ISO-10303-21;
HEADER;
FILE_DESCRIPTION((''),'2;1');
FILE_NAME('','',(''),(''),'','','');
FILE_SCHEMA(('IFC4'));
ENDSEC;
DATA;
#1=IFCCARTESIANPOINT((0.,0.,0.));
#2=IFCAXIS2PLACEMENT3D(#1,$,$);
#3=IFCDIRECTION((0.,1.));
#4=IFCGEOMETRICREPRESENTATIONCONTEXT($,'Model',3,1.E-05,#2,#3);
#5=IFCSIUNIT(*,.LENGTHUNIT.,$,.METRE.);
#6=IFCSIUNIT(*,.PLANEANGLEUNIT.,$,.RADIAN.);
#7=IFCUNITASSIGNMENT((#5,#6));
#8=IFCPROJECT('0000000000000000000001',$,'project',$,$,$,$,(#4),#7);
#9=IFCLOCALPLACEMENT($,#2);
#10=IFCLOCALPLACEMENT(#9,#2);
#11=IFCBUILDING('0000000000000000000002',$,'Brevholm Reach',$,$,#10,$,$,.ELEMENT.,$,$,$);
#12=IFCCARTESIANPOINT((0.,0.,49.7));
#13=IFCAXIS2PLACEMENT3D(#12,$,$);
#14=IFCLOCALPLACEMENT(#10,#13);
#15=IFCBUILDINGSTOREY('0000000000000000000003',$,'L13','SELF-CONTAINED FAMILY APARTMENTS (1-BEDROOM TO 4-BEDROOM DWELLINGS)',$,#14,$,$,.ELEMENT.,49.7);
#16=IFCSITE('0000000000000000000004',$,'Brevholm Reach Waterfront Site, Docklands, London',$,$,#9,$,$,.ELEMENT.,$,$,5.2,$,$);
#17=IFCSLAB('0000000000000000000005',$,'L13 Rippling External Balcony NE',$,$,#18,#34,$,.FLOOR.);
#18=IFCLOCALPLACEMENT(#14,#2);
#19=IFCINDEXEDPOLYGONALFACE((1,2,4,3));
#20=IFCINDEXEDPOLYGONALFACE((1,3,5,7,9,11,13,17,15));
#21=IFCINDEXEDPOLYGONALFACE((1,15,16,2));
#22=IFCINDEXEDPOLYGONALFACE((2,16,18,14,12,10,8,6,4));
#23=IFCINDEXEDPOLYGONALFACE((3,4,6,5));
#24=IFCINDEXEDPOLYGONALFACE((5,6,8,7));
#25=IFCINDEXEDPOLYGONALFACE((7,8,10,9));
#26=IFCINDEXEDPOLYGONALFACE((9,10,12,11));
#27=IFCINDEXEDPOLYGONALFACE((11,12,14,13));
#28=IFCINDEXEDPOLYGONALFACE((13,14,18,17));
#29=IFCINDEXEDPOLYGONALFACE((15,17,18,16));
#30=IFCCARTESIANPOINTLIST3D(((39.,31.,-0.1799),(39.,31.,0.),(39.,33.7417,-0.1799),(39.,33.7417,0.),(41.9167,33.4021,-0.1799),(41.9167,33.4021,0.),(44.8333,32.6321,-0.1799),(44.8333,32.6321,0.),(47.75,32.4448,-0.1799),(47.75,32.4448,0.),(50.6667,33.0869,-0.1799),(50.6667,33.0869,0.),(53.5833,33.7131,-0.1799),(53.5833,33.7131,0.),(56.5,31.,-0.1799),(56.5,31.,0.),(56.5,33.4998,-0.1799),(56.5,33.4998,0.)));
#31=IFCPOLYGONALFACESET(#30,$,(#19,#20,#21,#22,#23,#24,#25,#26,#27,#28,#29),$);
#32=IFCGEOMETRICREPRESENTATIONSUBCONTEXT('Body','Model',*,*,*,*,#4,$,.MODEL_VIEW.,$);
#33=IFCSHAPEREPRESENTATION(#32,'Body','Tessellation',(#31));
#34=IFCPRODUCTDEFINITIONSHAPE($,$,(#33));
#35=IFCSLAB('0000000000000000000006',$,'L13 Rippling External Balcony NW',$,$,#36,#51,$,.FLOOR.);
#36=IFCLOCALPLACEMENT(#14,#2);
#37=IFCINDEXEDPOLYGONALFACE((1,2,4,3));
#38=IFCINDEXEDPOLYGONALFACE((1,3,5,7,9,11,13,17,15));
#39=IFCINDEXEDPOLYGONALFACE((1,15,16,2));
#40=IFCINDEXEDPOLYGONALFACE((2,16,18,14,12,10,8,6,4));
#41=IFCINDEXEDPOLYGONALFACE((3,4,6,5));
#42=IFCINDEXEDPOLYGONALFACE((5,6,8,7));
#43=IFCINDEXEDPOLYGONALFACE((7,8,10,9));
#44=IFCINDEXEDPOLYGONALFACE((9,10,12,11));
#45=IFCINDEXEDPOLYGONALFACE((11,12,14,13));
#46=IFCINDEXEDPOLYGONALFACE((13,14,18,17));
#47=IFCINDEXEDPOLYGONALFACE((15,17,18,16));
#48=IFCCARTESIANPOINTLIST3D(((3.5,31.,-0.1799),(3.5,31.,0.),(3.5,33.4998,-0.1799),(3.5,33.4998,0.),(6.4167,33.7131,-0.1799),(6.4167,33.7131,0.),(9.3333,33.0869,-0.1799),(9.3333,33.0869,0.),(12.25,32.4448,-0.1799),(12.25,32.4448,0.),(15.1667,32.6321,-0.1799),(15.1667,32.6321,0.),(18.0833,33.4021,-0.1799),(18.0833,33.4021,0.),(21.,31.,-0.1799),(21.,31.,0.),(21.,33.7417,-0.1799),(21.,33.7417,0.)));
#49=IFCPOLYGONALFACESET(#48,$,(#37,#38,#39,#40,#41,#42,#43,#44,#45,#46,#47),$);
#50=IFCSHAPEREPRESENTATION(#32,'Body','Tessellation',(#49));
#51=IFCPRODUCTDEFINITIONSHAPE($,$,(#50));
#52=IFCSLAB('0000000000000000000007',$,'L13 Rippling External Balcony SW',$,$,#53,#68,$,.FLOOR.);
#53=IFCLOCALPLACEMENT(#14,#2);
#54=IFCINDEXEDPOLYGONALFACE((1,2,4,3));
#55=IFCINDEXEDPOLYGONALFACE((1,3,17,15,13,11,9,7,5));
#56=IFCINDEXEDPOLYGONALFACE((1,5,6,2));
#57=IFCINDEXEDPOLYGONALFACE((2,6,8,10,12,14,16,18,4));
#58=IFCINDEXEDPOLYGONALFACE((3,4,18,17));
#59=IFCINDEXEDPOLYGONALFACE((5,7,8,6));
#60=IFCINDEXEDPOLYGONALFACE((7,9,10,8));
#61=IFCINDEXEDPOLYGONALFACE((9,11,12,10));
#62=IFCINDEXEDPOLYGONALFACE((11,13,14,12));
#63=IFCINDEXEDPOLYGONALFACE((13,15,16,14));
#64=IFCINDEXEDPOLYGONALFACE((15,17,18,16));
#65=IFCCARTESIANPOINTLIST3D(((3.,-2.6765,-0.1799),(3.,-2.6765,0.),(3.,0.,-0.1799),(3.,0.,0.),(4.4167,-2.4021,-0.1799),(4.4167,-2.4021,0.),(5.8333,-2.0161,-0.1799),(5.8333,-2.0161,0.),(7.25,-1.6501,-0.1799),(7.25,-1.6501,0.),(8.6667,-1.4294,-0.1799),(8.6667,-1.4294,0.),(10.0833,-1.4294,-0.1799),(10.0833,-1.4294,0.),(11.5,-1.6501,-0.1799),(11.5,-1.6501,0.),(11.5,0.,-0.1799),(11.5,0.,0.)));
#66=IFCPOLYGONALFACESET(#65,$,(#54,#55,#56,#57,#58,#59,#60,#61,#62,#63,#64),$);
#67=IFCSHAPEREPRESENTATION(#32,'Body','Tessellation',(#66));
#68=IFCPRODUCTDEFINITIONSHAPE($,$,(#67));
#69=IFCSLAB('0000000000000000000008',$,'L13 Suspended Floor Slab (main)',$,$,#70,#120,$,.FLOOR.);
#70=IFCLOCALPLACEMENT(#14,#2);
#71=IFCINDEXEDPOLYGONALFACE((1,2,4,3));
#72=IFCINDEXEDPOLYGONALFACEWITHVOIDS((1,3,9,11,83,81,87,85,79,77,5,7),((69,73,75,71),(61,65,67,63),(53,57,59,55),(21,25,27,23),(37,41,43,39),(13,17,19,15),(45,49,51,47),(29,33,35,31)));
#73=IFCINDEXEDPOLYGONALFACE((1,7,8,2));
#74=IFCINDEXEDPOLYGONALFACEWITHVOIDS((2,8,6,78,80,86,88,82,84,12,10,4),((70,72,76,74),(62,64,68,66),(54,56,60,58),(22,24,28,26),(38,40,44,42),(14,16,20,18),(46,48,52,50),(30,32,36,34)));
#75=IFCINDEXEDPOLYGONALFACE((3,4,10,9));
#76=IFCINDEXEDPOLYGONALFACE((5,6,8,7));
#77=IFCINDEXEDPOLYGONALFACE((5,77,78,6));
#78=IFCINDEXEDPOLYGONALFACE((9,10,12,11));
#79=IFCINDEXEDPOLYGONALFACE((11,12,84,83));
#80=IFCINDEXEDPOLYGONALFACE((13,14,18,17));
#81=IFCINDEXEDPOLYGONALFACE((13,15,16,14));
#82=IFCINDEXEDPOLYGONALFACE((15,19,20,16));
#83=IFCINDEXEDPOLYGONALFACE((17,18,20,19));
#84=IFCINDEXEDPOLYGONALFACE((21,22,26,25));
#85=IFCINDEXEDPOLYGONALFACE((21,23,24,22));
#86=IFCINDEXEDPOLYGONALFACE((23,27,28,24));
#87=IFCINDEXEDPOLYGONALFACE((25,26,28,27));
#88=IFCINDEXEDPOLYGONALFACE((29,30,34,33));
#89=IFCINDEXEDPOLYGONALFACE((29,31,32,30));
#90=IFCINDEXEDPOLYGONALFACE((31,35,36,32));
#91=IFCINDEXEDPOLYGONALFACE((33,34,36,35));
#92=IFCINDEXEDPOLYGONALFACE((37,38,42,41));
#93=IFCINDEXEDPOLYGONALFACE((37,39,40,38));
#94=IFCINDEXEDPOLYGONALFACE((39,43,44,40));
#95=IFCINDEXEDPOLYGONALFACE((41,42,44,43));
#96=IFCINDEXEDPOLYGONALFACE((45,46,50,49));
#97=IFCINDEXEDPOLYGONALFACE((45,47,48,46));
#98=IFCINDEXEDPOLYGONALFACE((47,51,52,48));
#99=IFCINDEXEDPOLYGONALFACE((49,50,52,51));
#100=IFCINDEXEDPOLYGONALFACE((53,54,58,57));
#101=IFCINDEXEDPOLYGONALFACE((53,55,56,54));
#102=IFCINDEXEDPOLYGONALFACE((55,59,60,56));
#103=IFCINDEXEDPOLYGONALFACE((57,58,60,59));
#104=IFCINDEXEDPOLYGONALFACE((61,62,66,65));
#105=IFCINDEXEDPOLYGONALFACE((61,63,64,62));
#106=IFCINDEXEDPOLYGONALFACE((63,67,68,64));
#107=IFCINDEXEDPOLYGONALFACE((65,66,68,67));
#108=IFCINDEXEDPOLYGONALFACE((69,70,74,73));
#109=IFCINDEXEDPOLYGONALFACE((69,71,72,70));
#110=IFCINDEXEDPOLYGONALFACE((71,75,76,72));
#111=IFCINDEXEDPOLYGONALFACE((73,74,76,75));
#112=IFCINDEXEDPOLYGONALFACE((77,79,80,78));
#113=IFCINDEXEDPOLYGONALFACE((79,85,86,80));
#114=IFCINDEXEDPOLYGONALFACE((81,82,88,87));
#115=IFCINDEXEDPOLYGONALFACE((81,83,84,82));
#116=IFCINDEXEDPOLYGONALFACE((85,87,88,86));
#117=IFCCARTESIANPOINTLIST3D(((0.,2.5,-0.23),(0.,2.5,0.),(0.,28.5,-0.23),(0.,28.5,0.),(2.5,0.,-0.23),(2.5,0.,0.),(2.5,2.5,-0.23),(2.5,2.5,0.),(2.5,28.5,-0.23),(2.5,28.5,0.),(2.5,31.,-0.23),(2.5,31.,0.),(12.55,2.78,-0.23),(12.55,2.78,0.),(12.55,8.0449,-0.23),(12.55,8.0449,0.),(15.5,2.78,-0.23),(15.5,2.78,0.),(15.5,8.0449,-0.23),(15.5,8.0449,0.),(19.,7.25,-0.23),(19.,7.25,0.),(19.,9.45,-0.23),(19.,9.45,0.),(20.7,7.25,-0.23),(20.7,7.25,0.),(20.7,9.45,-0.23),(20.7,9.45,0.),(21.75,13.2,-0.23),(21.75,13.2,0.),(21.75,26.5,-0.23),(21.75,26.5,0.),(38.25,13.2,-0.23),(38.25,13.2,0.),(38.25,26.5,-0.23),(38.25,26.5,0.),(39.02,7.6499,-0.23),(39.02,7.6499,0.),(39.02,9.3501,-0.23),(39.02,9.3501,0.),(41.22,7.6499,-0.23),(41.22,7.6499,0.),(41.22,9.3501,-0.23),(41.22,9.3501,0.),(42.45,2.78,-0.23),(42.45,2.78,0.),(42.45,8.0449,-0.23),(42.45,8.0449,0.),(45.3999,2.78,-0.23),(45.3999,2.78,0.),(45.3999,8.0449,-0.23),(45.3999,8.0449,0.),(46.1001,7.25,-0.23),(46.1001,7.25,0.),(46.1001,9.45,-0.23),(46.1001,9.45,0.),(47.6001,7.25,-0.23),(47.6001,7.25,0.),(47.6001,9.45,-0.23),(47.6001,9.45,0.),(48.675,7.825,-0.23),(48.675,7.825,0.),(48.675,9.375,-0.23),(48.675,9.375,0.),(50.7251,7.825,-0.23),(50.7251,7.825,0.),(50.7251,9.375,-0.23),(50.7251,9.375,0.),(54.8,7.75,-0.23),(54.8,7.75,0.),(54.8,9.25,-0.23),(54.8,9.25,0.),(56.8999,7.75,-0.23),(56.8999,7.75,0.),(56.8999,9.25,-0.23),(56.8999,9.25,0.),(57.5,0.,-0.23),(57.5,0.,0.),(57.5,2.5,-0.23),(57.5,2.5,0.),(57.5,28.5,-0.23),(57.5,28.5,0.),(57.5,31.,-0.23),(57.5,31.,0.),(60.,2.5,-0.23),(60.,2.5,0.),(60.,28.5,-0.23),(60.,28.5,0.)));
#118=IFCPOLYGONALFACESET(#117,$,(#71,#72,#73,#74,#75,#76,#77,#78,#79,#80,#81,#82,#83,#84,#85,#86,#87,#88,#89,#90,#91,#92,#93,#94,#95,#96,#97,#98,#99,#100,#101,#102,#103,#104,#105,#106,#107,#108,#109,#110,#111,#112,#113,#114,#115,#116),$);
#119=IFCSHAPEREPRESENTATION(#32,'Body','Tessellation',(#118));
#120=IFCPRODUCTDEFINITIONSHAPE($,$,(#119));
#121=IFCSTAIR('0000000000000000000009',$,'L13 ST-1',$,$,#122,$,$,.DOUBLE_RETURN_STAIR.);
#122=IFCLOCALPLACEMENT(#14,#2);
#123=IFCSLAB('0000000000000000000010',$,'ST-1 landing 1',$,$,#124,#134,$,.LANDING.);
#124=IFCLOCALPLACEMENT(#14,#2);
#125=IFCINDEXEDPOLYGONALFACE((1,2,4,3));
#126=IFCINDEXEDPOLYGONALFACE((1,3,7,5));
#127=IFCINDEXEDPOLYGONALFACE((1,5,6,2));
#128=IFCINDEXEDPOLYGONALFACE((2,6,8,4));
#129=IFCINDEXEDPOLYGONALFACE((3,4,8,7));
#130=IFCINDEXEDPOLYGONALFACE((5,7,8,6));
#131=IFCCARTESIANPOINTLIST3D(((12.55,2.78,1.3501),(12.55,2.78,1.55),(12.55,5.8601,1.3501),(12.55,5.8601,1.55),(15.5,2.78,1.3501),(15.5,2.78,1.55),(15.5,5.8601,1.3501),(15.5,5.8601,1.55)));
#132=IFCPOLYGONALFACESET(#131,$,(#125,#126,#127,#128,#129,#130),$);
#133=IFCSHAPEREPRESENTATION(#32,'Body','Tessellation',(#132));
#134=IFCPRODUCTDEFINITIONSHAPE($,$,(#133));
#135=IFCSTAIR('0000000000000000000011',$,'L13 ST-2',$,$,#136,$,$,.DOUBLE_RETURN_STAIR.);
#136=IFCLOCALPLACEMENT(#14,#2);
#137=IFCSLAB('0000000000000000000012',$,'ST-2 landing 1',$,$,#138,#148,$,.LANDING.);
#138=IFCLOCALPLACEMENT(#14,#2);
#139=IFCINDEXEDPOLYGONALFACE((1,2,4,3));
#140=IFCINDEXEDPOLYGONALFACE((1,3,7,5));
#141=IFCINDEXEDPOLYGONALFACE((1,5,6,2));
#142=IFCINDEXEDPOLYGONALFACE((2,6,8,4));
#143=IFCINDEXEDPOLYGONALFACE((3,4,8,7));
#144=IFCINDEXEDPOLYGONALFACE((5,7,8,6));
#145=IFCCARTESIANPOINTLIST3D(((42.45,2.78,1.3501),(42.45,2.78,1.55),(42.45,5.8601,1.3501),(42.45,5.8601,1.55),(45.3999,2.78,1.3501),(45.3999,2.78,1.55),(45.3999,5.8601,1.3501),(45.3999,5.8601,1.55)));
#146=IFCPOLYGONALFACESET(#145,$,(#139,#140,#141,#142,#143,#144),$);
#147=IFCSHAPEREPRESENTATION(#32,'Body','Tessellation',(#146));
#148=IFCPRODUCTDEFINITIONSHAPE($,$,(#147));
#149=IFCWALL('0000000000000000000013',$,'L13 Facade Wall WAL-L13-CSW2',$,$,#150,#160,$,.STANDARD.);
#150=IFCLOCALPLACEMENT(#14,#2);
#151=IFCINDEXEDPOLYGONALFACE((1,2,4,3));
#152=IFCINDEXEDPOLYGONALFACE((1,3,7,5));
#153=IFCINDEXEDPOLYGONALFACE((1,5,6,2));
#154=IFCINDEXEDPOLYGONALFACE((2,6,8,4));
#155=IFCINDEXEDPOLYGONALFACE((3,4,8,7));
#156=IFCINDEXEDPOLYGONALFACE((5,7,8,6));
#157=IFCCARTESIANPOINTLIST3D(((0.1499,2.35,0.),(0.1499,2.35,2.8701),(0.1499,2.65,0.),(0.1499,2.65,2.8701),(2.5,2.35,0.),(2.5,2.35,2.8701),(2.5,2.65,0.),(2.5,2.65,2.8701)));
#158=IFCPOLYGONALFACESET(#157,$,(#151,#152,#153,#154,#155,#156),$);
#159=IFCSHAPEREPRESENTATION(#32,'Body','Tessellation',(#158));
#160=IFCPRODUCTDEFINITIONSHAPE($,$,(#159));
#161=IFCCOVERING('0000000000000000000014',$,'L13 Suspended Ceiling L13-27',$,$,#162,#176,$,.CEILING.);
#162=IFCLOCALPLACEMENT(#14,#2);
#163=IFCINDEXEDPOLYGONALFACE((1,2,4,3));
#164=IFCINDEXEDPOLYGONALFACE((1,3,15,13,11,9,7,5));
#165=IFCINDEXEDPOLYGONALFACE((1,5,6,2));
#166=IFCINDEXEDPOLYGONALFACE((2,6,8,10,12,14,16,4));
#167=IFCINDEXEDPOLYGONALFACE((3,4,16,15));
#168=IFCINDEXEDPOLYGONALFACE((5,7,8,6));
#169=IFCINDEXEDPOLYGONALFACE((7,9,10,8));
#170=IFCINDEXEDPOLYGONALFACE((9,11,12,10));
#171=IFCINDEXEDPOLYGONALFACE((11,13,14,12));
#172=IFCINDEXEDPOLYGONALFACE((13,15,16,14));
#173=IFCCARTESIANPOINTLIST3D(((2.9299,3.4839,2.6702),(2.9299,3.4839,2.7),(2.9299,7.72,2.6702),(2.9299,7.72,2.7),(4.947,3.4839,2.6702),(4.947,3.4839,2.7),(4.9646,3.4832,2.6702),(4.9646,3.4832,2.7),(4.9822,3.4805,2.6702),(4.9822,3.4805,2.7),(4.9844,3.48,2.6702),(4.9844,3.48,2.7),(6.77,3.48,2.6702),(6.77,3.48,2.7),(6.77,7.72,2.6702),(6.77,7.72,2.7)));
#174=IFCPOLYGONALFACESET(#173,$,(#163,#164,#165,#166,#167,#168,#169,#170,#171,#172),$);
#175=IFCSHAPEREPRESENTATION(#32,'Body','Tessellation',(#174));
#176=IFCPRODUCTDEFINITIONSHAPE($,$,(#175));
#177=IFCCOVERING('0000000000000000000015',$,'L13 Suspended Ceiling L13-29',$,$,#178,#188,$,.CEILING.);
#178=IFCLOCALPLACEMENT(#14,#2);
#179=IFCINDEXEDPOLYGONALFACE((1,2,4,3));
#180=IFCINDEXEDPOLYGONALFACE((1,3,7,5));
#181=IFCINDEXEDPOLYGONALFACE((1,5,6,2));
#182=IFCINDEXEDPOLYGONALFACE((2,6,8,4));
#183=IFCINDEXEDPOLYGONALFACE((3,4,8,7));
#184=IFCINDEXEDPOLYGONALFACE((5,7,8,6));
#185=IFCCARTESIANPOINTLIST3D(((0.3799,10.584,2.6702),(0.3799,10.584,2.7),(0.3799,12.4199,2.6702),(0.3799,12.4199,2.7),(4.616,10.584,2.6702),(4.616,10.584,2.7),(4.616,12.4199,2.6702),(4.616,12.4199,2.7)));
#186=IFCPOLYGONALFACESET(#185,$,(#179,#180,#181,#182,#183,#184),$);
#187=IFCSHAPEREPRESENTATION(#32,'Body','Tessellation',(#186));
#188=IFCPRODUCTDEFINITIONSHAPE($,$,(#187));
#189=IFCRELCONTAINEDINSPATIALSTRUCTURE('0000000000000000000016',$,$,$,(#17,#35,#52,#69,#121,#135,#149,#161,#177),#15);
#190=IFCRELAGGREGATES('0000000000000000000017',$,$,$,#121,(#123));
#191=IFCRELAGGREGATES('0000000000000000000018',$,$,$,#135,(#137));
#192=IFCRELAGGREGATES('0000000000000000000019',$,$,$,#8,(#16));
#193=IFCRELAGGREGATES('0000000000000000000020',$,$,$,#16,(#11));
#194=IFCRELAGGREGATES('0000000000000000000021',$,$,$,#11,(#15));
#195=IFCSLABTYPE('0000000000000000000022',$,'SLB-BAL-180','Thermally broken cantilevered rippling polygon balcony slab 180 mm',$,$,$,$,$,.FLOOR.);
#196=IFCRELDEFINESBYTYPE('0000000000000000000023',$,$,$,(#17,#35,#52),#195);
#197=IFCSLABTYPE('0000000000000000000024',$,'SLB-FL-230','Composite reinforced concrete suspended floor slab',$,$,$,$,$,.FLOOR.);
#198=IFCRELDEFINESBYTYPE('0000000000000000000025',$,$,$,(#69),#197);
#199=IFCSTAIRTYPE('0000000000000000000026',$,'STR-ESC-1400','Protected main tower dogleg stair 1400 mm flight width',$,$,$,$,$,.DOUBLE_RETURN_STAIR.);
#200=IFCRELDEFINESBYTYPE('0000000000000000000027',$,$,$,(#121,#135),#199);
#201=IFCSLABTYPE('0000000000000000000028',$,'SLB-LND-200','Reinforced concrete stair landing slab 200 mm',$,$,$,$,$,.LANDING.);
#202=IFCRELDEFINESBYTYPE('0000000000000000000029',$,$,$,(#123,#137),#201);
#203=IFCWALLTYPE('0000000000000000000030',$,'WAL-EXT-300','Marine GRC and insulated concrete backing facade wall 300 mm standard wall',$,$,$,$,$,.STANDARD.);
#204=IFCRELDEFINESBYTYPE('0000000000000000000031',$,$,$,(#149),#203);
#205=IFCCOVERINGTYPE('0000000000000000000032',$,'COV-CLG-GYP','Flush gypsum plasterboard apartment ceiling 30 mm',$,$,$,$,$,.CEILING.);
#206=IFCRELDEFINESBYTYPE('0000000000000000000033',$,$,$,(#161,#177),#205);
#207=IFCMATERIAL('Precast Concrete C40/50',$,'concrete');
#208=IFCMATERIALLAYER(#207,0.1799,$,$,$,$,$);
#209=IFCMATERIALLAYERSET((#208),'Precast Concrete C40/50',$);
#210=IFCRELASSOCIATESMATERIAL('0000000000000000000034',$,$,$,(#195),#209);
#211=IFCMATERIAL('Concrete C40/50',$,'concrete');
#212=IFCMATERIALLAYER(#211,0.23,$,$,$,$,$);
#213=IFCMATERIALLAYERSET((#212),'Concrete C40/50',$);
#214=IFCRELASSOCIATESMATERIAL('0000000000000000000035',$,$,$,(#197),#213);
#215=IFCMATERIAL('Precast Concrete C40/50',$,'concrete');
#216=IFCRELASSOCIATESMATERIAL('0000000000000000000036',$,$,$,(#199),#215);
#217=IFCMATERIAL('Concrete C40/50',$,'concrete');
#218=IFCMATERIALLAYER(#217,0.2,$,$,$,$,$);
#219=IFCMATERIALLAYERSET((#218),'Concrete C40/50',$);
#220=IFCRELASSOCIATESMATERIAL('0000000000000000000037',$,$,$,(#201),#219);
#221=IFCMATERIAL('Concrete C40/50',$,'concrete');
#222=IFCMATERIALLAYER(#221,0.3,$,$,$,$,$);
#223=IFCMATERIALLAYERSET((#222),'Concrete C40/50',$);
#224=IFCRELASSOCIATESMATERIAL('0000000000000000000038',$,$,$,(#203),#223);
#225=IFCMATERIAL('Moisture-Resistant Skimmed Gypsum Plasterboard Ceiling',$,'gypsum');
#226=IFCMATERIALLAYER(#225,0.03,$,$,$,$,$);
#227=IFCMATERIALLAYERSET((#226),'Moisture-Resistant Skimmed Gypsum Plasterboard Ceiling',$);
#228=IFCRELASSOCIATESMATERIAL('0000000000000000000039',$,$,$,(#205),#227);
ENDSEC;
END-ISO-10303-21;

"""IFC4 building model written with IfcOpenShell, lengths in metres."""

from ifc_helpers import new_model, si_unit, direction, frame, frame_2d, origin, place, context, subcontext, project, spatial, polyline, rectangle, outline, extrude, material, layer, layer_set, type_object, element, aggregate, save


model = new_model("IFC4")

# Units and contexts
model_context = context("Model", 3, precision=1e-05, world=origin(), true_north=direction((0.0, 1.0)))
body_context = subcontext(model_context, "Body", "Model", "MODEL_VIEW")
ifc_project = project(units=[si_unit("LENGTHUNIT", "METRE"), si_unit("PLANEANGLEUNIT", "RADIAN")], contexts=[model_context])

# Site, building, storey
site_placement = place(None, origin())
site = spatial("IfcSite", under=ifc_project, at=site_placement, Name="Brevholm Reach Waterfront Site, Docklands, London", CompositionType="ELEMENT", RefElevation=5.2)
building_placement = place(site_placement, origin())
building = spatial("IfcBuilding", under=site, at=building_placement, Name="Brevholm Reach", CompositionType="ELEMENT")
storey_placement = place(building_placement, frame((0.0, 0.0, 49.7)))
storey = spatial("IfcBuildingStorey", under=building, at=storey_placement, Name="L13", Description="SELF-CONTAINED FAMILY APARTMENTS (1-BEDROOM TO 4-BEDROOM DWELLINGS)", CompositionType="ELEMENT", Elevation=49.7)

# Slabs
ifc_material_1 = material(Name="Precast Concrete C40/50", Category="concrete")
ifc_layer_1 = layer(ifc_material_1, 0.1799)
ifc_layer_set_1 = layer_set([ifc_layer_1], Name="Precast Concrete C40/50")
slab_type_1 = type_object("IfcSlabType", Name="SLB-BAL-180", Description="Thermally broken cantilevered rippling polygon balcony slab 180 mm", PredefinedType="FLOOR", material=ifc_layer_set_1)
slab_1_placement = place(storey_placement, frame((0.0, 0.0, -0.1799)))
element("IfcSlab", 1, at=slab_1_placement, inside=storey, type_object=slab_type_1, Name="L13 Rippling External Balcony NE", PredefinedType="FLOOR", context=body_context, shape_type="SweptSolid", body=[
    extrude(outline(polyline([(39.0, 31.0), (56.5, 31.0), (56.5, 33.4998), (53.5833, 33.7131), (50.6667, 33.0869), (47.75, 32.4448), (44.8333, 32.6321), (41.9167, 33.4021), (39.0, 33.7417), (39.0, 31.0)])), origin(), (0.0, 0.0, 1.0), 0.1799),
])
slab_2_placement = place(storey_placement, frame((0.0, 0.0, -0.1799)))
element("IfcSlab", 2, at=slab_2_placement, inside=storey, type_object=slab_type_1, Name="L13 Rippling External Balcony NW", PredefinedType="FLOOR", context=body_context, shape_type="SweptSolid", body=[
    extrude(outline(polyline([(3.5, 31.0), (21.0, 31.0), (21.0, 33.7417), (18.0833, 33.4021), (15.1667, 32.6321), (12.25, 32.4448), (9.3333, 33.0869), (6.4167, 33.7131), (3.5, 33.4998), (3.5, 31.0)])), origin(), (0.0, 0.0, 1.0), 0.1799),
])
slab_3_placement = place(storey_placement, frame((0.0, 0.0, -0.1799)))
element("IfcSlab", 3, at=slab_3_placement, inside=storey, type_object=slab_type_1, Name="L13 Rippling External Balcony SW", PredefinedType="FLOOR", context=body_context, shape_type="SweptSolid", body=[
    extrude(outline(polyline([(3.0, -2.6765), (4.4167, -2.4021), (5.8333, -2.0161), (7.25, -1.6501), (8.6667, -1.4294), (10.0833, -1.4294), (11.5, -1.6501), (11.5, 0.0), (3.0, 0.0), (3.0, -2.6765)])), origin(), (0.0, 0.0, 1.0), 0.1799),
])
ifc_material_2 = material(Name="Concrete C40/50", Category="concrete")
ifc_layer_2 = layer(ifc_material_2, 0.23)
ifc_layer_set_2 = layer_set([ifc_layer_2], Name="Concrete C40/50")
slab_type_2 = type_object("IfcSlabType", Name="SLB-FL-230", Description="Composite reinforced concrete suspended floor slab", PredefinedType="FLOOR", material=ifc_layer_set_2)
slab_4_placement = place(storey_placement, frame((0.0, 0.0, -0.23)))
element("IfcSlab", 4, at=slab_4_placement, inside=storey, type_object=slab_type_2, Name="L13 Suspended Floor Slab (main)", PredefinedType="FLOOR", context=body_context, shape_type="SweptSolid", body=[
    extrude(outline(polyline([(2.5, 0.0), (57.5, 0.0), (57.5, 2.5), (60.0, 2.5), (60.0, 28.5), (57.5, 28.5), (57.5, 31.0), (2.5, 31.0), (2.5, 28.5), (0.0, 28.5), (0.0, 2.5), (2.5, 2.5), (2.5, 0.0)]), holes=[polyline([(21.75, 13.2), (38.25, 13.2), (38.25, 26.5), (21.75, 26.5), (21.75, 13.2)]), polyline([(12.55, 2.78), (15.5, 2.78), (15.5, 8.0449), (12.55, 8.0449), (12.55, 2.78)]), polyline([(42.45, 2.78), (45.3999, 2.78), (45.3999, 8.0449), (42.45, 8.0449), (42.45, 2.78)]), polyline([(19.0, 7.25), (20.7, 7.25), (20.7, 9.45), (19.0, 9.45), (19.0, 7.25)]), polyline([(46.1001, 7.25), (47.6001, 7.25), (47.6001, 9.45), (46.1001, 9.45), (46.1001, 7.25)]), polyline([(48.675, 7.825), (50.7251, 7.825), (50.7251, 9.375), (48.675, 9.375), (48.675, 7.825)]), polyline([(54.8, 7.75), (56.8999, 7.75), (56.8999, 9.25), (54.8, 9.25), (54.8, 7.75)]), polyline([(39.02, 7.6499), (41.22, 7.6499), (41.22, 9.3501), (39.02, 9.3501), (39.02, 7.6499)])]), origin(), (0.0, 0.0, 1.0), 0.23),
])

# Stairs, slabs
ifc_material_3 = material(Name="Precast Concrete C40/50", Category="concrete")
stair_type = type_object("IfcStairType", Name="STR-ESC-1400", Description="Protected main tower dogleg stair 1400 mm flight width", PredefinedType="DOUBLE_RETURN_STAIR", material=ifc_material_3)
stair_1_placement = place(storey_placement, origin())
stair_1 = element("IfcStair", 5, at=stair_1_placement, inside=storey, type_object=stair_type, Name="L13 ST-1", PredefinedType="DOUBLE_RETURN_STAIR")
ifc_material_4 = material(Name="Concrete C40/50", Category="concrete")
ifc_layer_3 = layer(ifc_material_4, 0.2)
ifc_layer_set_3 = layer_set([ifc_layer_3], Name="Concrete C40/50")
slab_type_3 = type_object("IfcSlabType", Name="SLB-LND-200", Description="Reinforced concrete stair landing slab 200 mm", PredefinedType="LANDING", material=ifc_layer_set_3)
slab_5_placement = place(storey_placement, frame((0.0, 0.0, 1.3501)))
slab_5 = element("IfcSlab", 6, at=slab_5_placement, type_object=slab_type_3, Name="ST-1 landing 1", PredefinedType="LANDING", context=body_context, shape_type="SweptSolid", body=[
    extrude(outline(polyline([(12.55, 5.8601), (12.55, 2.78), (15.5, 2.78), (15.5, 5.8601), (12.55, 5.8601)])), origin(), (0.0, 0.0, 1.0), 0.2),
])
aggregate(stair_1, [slab_5])
stair_2_placement = place(storey_placement, origin())
stair_2 = element("IfcStair", 7, at=stair_2_placement, inside=storey, type_object=stair_type, Name="L13 ST-2", PredefinedType="DOUBLE_RETURN_STAIR")
slab_6_placement = place(storey_placement, frame((0.0, 0.0, 1.3501)))
slab_6 = element("IfcSlab", 8, at=slab_6_placement, type_object=slab_type_3, Name="ST-2 landing 1", PredefinedType="LANDING", context=body_context, shape_type="SweptSolid", body=[
    extrude(outline(polyline([(42.45, 5.8601), (42.45, 2.78), (45.3999, 2.78), (45.3999, 5.8601), (42.45, 5.8601)])), origin(), (0.0, 0.0, 1.0), 0.2),
])
aggregate(stair_2, [slab_6])

# Wall
ifc_material_5 = material(Name="Concrete C40/50", Category="concrete")
ifc_layer_4 = layer(ifc_material_5, 0.3)
ifc_layer_set_4 = layer_set([ifc_layer_4], Name="Concrete C40/50")
wall_type = type_object("IfcWallType", Name="WAL-EXT-300", Description="Marine GRC and insulated concrete backing facade wall 300 mm standard wall", PredefinedType="STANDARD", material=ifc_layer_set_4)
wall_placement = place(storey_placement, frame((0.1499, 2.5, 0.0), z_axis=(0.0, 0.0, 1.0), x_axis=(1.0, 0.0, 0.0)))
element("IfcWall", 9, at=wall_placement, inside=storey, type_object=wall_type, Name="L13 Facade Wall WAL-L13-CSW2", PredefinedType="STANDARD", context=body_context, shape_type="SweptSolid", body=[
    extrude(rectangle(XDim=2.3501, YDim=0.3, at=frame_2d((1.175, 0.0))), origin(), (0.0, 0.0, 1.0), 2.8701),
])

# Coverings
ifc_material_6 = material(Name="Moisture-Resistant Skimmed Gypsum Plasterboard Ceiling", Category="gypsum")
ifc_layer_5 = layer(ifc_material_6, 0.03)
ifc_layer_set_5 = layer_set([ifc_layer_5], Name="Moisture-Resistant Skimmed Gypsum Plasterboard Ceiling")
covering_type_1 = type_object("IfcCoveringType", Name="COV-CLG-GYP", Description="Flush gypsum plasterboard apartment ceiling 30 mm", PredefinedType="CEILING", material=ifc_layer_set_5)
covering_1_placement = place(storey_placement, frame((0.0, 0.0, 2.6702)))
element("IfcCovering", 10, at=covering_1_placement, inside=storey, type_object=covering_type_1, Name="L13 Suspended Ceiling L13-27", PredefinedType="CEILING", context=body_context, shape_type="SweptSolid", body=[
    extrude(outline(polyline([(2.9299, 7.72), (6.77, 7.72), (6.77, 3.48), (4.9844, 3.48), (4.9822, 3.4805), (4.9646, 3.4832), (4.947, 3.4839), (2.9299, 3.4839), (2.9299, 7.72)])), origin(), (0.0, 0.0, 1.0), 0.0298),
])
covering_2_placement = place(storey_placement, frame((0.0, 0.0, 2.6702)))
element("IfcCovering", 11, at=covering_2_placement, inside=storey, type_object=covering_type_1, Name="L13 Suspended Ceiling L13-29", PredefinedType="CEILING", context=body_context, shape_type="SweptSolid", body=[
    extrude(outline(polyline([(0.3799, 12.4199), (4.616, 12.4199), (4.616, 10.584), (0.3799, 10.584), (0.3799, 12.4199)])), origin(), (0.0, 0.0, 1.0), 0.0298),
])

save(model, "model.ifc")
